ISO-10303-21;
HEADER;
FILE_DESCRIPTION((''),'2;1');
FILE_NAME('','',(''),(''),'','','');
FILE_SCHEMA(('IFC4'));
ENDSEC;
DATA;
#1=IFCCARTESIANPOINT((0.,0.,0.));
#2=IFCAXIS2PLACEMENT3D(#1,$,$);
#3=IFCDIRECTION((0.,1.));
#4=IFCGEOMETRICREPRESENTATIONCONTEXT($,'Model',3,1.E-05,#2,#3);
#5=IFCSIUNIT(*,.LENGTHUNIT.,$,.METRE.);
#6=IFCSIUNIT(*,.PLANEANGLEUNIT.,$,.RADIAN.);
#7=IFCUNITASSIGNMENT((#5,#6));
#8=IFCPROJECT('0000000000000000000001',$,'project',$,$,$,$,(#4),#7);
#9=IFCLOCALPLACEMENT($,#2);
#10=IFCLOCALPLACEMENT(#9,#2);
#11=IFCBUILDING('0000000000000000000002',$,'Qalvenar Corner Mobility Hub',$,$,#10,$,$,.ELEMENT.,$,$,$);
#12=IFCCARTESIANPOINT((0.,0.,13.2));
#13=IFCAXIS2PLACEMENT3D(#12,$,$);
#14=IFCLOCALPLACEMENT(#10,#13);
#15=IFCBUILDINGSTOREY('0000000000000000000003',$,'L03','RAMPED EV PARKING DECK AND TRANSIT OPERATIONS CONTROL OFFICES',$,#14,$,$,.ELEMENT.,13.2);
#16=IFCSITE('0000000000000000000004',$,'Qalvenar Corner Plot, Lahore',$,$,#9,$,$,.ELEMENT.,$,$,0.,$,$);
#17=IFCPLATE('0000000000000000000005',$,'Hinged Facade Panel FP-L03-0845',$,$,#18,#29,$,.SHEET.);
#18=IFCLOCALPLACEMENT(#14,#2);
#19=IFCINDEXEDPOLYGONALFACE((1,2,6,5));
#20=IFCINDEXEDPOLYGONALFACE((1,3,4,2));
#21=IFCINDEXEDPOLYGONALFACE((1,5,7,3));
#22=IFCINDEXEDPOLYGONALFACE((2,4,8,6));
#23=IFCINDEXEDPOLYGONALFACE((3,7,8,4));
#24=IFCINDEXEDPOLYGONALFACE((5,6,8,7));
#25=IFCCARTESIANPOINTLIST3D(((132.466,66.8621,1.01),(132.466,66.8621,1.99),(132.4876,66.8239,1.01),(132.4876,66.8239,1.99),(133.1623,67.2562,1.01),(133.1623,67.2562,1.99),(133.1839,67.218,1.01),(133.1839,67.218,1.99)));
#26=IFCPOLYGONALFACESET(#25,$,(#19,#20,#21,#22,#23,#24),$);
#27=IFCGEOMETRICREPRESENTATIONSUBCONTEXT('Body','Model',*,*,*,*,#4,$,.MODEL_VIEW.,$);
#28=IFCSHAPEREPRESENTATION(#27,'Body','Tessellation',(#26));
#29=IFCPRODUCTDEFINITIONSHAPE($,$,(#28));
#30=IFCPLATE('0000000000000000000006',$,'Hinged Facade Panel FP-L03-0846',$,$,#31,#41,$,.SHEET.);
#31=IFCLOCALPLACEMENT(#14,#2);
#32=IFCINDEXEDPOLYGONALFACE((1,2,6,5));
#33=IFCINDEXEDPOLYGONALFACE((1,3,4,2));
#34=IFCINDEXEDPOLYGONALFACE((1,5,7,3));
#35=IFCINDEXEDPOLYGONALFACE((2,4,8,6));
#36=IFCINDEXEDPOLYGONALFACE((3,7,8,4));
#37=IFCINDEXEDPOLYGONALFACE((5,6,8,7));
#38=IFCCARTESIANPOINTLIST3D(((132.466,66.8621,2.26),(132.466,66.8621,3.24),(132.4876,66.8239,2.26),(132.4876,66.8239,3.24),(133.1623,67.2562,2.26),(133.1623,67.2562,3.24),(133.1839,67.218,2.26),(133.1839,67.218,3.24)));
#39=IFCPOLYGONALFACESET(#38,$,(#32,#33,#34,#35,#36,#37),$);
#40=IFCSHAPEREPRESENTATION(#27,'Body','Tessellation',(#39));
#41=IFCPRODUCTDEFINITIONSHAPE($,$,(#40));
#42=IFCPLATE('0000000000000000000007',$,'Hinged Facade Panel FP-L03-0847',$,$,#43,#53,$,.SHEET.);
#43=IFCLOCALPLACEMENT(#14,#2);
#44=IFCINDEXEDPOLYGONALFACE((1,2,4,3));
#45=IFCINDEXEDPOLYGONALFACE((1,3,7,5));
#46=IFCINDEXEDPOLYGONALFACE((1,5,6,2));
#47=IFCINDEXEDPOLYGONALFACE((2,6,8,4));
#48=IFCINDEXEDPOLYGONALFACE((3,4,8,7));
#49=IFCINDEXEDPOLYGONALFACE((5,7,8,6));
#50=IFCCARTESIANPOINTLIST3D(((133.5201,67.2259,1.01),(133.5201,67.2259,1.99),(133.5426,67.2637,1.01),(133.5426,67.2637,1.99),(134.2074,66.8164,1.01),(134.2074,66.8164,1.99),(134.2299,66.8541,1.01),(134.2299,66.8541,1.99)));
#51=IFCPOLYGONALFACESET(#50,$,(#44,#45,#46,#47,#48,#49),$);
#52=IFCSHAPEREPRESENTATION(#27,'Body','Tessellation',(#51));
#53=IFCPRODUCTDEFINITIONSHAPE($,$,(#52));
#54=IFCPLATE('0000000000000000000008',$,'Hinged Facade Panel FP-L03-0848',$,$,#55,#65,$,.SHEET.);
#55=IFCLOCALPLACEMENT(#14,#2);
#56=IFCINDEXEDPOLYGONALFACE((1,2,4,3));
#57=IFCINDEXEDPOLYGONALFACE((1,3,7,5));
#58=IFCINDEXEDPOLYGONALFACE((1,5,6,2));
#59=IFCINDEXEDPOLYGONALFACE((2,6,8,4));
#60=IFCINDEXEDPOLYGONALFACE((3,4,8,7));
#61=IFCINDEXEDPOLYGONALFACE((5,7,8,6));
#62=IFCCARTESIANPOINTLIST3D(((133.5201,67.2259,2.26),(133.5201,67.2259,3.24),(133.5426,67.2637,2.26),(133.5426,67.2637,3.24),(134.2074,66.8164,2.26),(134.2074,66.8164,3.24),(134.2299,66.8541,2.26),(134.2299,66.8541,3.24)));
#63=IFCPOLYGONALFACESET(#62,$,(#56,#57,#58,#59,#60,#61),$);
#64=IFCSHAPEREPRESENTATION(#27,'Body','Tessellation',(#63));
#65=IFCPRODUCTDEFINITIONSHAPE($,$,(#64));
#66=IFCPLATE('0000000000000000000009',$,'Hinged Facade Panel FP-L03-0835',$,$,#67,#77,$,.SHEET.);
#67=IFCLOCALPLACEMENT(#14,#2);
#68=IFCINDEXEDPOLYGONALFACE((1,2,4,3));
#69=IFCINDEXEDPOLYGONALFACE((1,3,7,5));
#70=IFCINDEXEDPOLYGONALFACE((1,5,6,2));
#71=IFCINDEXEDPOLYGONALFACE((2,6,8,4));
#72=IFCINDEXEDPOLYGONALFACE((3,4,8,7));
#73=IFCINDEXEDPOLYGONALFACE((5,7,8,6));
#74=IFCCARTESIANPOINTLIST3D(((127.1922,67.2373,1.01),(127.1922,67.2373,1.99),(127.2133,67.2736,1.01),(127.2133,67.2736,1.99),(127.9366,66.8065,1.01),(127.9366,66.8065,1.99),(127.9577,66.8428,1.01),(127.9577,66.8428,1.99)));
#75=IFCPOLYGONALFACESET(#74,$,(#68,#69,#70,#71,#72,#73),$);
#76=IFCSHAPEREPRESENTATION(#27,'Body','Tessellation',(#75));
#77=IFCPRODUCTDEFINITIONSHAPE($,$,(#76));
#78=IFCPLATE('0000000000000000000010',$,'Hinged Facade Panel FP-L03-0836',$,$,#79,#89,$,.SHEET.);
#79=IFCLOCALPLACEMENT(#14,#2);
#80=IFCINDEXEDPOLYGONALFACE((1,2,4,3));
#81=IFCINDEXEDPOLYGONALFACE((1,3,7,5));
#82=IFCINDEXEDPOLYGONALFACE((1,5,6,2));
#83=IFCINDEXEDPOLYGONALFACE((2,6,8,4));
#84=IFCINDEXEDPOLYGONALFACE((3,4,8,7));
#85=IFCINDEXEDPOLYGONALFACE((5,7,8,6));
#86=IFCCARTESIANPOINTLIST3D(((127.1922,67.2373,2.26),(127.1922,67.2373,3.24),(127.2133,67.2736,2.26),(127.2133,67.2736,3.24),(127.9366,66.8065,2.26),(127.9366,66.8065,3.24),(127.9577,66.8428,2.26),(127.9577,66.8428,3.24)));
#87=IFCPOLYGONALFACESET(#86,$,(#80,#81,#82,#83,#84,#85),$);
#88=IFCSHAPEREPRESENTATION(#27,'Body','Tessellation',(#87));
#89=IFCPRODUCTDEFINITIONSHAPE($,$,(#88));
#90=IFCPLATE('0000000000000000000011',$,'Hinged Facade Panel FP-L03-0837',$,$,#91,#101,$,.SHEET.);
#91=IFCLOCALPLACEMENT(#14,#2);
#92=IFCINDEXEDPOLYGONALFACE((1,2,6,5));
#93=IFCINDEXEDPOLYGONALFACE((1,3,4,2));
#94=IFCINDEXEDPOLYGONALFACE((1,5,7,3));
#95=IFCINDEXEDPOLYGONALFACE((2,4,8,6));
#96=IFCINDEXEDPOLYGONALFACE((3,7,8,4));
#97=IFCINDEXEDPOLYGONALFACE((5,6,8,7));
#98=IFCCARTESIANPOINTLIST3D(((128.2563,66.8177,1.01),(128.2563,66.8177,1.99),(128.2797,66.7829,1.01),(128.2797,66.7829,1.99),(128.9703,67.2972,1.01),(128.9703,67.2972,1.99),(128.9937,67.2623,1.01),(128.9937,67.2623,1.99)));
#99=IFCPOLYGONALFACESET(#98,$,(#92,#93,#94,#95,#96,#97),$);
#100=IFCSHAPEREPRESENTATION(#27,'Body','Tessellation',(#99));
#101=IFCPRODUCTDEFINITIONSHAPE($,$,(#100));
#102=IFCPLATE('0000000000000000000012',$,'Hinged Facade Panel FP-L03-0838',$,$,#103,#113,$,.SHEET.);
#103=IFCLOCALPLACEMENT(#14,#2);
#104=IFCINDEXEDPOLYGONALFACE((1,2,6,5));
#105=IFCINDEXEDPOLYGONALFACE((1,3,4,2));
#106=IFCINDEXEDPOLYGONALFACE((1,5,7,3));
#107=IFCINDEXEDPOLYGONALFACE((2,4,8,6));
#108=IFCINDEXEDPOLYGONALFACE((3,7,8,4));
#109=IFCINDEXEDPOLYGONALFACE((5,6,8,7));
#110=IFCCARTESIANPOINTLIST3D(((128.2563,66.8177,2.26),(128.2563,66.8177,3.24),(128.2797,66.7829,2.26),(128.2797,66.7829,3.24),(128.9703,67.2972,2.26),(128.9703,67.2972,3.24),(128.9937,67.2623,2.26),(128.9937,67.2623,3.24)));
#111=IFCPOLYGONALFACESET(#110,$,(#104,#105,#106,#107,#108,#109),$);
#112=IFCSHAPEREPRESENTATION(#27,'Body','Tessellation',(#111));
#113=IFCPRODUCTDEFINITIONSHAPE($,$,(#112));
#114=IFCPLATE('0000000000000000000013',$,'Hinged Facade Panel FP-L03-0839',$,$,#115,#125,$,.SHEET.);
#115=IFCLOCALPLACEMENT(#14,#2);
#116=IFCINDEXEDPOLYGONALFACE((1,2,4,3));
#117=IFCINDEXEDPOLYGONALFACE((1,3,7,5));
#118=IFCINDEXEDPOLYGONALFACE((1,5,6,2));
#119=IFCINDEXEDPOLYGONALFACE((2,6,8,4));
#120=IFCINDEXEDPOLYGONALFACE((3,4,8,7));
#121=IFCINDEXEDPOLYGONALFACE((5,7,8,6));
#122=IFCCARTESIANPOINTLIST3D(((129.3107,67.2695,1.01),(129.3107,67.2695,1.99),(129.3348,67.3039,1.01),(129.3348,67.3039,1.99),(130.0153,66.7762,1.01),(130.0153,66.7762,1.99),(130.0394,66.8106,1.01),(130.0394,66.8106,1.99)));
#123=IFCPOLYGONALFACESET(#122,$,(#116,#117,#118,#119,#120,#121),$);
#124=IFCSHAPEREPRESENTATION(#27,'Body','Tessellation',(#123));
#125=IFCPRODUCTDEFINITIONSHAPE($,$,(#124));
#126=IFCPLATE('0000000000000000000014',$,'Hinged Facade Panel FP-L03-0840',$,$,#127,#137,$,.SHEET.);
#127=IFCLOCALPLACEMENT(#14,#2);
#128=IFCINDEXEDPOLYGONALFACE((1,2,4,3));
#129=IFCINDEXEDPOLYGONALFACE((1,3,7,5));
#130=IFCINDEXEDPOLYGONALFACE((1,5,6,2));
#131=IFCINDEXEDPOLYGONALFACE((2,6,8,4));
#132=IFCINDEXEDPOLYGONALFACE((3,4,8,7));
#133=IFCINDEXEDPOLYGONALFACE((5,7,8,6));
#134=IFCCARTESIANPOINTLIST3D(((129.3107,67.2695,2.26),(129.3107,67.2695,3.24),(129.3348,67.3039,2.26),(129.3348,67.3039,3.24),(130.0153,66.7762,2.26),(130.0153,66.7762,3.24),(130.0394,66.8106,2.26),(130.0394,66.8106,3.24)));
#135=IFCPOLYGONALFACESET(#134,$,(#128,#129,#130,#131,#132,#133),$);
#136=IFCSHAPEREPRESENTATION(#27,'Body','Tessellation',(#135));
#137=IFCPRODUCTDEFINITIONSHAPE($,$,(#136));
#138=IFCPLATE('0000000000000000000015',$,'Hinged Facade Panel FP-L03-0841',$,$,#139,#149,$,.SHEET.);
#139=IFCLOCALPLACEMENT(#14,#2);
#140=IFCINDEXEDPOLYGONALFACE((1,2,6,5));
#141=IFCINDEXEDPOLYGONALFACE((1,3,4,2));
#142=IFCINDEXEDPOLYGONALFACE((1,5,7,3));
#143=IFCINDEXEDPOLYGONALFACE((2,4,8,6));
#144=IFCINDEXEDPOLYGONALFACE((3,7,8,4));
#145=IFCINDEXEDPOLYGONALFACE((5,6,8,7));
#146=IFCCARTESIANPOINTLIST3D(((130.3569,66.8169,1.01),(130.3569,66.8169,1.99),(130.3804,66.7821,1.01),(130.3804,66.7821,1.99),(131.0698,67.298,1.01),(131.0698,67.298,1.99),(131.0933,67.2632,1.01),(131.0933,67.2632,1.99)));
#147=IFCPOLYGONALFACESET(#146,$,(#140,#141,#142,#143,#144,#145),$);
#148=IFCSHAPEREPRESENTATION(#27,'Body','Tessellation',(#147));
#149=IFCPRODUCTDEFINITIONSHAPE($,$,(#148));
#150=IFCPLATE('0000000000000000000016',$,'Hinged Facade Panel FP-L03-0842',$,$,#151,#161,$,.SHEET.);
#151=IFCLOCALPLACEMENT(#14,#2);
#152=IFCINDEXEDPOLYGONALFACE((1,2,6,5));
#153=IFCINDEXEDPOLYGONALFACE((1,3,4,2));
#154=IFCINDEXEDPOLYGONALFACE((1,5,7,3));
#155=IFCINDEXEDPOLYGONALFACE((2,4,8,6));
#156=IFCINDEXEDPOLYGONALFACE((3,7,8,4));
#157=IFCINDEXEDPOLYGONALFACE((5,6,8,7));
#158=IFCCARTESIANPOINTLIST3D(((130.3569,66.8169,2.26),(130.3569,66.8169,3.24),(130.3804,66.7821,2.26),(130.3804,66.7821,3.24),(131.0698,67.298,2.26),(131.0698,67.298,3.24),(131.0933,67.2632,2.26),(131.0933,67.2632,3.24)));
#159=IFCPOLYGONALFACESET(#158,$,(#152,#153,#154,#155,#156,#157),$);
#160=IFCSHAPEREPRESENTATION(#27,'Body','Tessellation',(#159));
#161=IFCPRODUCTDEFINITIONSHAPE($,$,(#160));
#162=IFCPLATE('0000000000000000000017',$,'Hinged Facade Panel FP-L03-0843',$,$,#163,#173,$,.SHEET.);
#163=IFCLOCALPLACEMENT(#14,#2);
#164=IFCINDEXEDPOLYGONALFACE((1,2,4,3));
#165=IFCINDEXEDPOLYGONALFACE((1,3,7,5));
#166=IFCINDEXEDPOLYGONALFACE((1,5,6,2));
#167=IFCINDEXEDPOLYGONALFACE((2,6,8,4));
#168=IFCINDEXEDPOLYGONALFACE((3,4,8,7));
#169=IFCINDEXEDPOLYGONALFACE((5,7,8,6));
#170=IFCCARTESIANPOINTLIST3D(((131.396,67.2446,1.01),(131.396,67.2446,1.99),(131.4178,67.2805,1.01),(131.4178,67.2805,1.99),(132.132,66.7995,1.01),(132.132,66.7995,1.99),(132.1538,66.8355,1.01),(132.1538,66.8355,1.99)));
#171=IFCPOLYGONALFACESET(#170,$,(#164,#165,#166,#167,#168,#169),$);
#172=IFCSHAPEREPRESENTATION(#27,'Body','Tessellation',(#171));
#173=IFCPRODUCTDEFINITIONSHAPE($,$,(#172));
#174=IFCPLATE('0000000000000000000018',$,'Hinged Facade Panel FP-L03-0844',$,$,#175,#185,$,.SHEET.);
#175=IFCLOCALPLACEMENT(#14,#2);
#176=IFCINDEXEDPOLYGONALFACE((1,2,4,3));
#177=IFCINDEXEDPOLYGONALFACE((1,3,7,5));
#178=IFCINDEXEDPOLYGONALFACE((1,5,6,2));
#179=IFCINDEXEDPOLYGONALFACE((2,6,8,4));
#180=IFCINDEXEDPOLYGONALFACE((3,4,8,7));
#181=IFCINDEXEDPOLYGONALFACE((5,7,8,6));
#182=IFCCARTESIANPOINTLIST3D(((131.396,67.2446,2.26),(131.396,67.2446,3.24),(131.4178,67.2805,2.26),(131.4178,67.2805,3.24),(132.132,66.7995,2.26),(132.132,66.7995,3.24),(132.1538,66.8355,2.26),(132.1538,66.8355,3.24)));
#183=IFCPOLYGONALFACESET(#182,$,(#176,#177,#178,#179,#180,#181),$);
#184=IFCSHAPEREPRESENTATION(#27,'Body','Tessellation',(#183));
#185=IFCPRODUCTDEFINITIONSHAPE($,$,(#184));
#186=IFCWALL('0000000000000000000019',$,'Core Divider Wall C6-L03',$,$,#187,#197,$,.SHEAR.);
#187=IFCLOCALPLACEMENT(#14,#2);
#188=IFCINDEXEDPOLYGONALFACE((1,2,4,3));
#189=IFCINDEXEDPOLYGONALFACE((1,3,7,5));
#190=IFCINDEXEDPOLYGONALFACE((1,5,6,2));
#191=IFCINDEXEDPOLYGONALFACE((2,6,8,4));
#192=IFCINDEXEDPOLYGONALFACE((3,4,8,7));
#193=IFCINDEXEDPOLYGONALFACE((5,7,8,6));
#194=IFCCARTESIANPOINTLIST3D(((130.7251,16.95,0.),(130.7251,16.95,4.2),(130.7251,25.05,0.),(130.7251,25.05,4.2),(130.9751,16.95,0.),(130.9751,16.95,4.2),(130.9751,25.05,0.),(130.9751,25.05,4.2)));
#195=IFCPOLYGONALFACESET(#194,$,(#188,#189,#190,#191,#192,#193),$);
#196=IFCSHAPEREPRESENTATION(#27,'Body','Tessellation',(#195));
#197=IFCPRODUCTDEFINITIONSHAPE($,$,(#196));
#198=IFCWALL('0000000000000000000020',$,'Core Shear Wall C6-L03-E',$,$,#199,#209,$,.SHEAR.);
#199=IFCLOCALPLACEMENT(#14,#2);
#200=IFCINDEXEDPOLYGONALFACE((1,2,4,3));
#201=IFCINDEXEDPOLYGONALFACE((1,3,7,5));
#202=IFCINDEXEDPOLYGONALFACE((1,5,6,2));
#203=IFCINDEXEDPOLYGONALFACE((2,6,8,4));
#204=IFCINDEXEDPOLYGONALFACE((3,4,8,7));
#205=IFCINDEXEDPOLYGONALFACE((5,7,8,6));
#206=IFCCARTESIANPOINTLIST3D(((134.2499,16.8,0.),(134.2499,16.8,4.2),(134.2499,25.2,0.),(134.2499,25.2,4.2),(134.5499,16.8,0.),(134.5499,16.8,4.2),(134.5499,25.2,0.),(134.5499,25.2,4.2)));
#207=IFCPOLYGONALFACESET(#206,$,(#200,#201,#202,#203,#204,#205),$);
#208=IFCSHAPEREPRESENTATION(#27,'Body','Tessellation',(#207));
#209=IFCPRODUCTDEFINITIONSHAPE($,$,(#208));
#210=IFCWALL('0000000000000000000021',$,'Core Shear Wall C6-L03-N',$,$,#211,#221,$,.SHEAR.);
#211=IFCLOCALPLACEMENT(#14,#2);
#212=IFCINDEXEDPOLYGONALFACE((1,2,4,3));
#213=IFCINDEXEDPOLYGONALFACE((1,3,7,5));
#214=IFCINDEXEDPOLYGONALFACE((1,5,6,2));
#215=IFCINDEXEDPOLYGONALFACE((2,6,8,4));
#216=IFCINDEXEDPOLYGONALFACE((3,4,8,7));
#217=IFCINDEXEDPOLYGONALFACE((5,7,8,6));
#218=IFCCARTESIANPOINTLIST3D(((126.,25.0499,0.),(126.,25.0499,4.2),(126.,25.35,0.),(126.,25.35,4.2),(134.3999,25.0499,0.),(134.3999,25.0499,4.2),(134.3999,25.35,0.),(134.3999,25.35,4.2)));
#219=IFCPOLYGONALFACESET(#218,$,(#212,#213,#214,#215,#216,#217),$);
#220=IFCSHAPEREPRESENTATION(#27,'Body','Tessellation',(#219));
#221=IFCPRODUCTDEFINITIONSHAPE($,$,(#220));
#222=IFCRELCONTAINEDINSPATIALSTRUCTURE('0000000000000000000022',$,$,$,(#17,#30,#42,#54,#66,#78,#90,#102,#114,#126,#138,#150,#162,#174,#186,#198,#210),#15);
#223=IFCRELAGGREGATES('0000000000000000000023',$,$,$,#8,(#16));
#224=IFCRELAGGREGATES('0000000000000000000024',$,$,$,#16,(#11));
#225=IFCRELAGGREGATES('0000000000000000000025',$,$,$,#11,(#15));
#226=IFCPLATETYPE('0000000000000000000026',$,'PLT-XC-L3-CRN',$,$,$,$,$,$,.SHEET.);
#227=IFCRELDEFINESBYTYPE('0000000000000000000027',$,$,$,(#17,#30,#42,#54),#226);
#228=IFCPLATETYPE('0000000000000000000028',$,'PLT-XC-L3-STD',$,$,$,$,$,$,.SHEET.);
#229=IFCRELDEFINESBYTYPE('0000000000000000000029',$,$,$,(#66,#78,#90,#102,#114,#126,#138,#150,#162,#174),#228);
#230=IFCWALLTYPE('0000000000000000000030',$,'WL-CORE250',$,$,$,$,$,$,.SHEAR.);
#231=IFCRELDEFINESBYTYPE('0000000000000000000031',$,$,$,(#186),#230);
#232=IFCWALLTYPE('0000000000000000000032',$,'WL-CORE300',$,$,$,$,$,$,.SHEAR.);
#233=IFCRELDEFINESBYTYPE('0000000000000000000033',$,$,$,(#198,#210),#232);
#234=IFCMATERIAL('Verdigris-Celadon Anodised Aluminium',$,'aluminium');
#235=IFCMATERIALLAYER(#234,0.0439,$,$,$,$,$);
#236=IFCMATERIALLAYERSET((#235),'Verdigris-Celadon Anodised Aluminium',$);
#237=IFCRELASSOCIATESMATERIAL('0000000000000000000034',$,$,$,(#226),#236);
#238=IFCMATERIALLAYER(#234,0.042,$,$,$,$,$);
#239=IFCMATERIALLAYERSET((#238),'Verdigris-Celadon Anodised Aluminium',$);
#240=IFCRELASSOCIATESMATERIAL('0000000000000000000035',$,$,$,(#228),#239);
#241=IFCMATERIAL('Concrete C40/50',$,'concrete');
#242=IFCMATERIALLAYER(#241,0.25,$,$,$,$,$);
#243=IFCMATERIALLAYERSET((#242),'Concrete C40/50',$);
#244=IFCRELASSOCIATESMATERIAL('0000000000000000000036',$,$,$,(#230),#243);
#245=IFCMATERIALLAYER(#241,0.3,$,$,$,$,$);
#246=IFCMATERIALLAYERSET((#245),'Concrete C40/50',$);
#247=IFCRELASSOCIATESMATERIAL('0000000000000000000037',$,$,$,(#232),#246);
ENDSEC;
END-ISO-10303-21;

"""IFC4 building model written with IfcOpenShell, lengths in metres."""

from ifc_helpers import new_model, si_unit, direction, frame, frame_2d, origin, origin_2d, place, context, subcontext, project, spatial, rectangle, extrude, material, layer, layer_set, type_object, element, save


model = new_model("IFC4")

# Units and contexts
model_context = context("Model", 3, precision=1e-05, world=origin(), true_north=direction((0.0, 1.0)))
body_context = subcontext(model_context, "Body", "Model", "MODEL_VIEW")
ifc_project = project(units=[si_unit("LENGTHUNIT", "METRE"), si_unit("PLANEANGLEUNIT", "RADIAN")], contexts=[model_context])

# Site, building, storey
site_placement = place(None, origin())
site = spatial("IfcSite", under=ifc_project, at=site_placement, Name="Qalvenar Corner Plot, Lahore", CompositionType="ELEMENT", RefElevation=0.0)
building_placement = place(site_placement, origin())
building = spatial("IfcBuilding", under=site, at=building_placement, Name="Qalvenar Corner Mobility Hub", CompositionType="ELEMENT")
storey_placement = place(building_placement, frame((0.0, 0.0, 13.2)))
storey = spatial("IfcBuildingStorey", under=building, at=storey_placement, Name="L03", Description="RAMPED EV PARKING DECK AND TRANSIT OPERATIONS CONTROL OFFICES", CompositionType="ELEMENT", Elevation=13.2)

# Plates
ifc_material_1 = material(Name="Verdigris-Celadon Anodised Aluminium", Category="aluminium")
ifc_layer_1 = layer(ifc_material_1, 0.0439)
ifc_layer_set_1 = layer_set([ifc_layer_1], Name="Verdigris-Celadon Anodised Aluminium")
plate_type_1 = type_object("IfcPlateType", Name="PLT-XC-L3-CRN", PredefinedType="SHEET", material=ifc_layer_set_1)
for number, where, z_axis, x_axis, name in (
    (1, (132.825, 67.04, 1.01), (0.0, 0.0, 1.0), (0.87027, 0.492575, 0.0), "Hinged Facade Panel FP-L03-0845"),
    (2, (132.825, 67.04, 2.26), (0.0, 0.0, 1.0), (0.87027, 0.492575, 0.0), "Hinged Facade Panel FP-L03-0846"),
    (3, (133.875, 67.04, 1.01), (0.0, 0.0, 1.0), (0.859049, -0.511893, 0.0), "Hinged Facade Panel FP-L03-0847"),
    (4, (133.875, 67.04, 2.26), (0.0, 0.0, 1.0), (0.859049, -0.511893, 0.0), "Hinged Facade Panel FP-L03-0848"),
):
    element("IfcPlate", number, at=place(storey_placement, frame(where, z_axis=z_axis, x_axis=x_axis)), inside=storey, type_object=plate_type_1, Name=name, PredefinedType="SHEET", context=body_context, shape_type="SweptSolid", body=[
        extrude(rectangle(XDim=0.8, YDim=0.0439, at=origin_2d()), origin(), (0.0, 0.0, 1.0), 0.98),
    ])
ifc_layer_2 = layer(ifc_material_1, 0.042)
ifc_layer_set_2 = layer_set([ifc_layer_2], Name="Verdigris-Celadon Anodised Aluminium")
plate_type_2 = type_object("IfcPlateType", Name="PLT-XC-L3-STD", PredefinedType="SHEET", material=ifc_layer_set_2)
for number, where, z_axis, x_axis, name in (
    (5, (127.575, 67.04, 1.01), (0.0, 0.0, 1.0), (0.865501, -0.500907, 0.0), "Hinged Facade Panel FP-L03-0835"),
    (6, (127.575, 67.04, 2.26), (0.0, 0.0, 1.0), (0.865501, -0.500907, 0.0), "Hinged Facade Panel FP-L03-0836"),
    (7, (128.625, 67.04, 1.01), (0.0, 0.0, 1.0), (0.830207, 0.557455, 0.0), "Hinged Facade Panel FP-L03-0837"),
    (8, (128.625, 67.04, 2.26), (0.0, 0.0, 1.0), (0.830207, 0.557455, 0.0), "Hinged Facade Panel FP-L03-0838"),
    (9, (129.675, 67.04, 1.01), (0.0, 0.0, 1.0), (0.819152, -0.573576, 0.0), "Hinged Facade Panel FP-L03-0839"),
    (10, (129.675, 67.04, 2.26), (0.0, 0.0, 1.0), (0.819152, -0.573576, 0.0), "Hinged Facade Panel FP-L03-0840"),
    (11, (130.7251, 67.04, 1.01), (0.0, 0.0, 1.0), (0.82894, 0.559338, 0.0), "Hinged Facade Panel FP-L03-0841"),
    (12, (130.7251, 67.04, 2.26), (0.0, 0.0, 1.0), (0.82894, 0.559338, 0.0), "Hinged Facade Panel FP-L03-0842"),
    (13, (131.7749, 67.04, 1.01), (0.0, 0.0, 1.0), (0.855726, -0.51743, 0.0), "Hinged Facade Panel FP-L03-0843"),
    (14, (131.7749, 67.04, 2.26), (0.0, 0.0, 1.0), (0.855726, -0.51743, 0.0), "Hinged Facade Panel FP-L03-0844"),
):
    element("IfcPlate", number, at=place(storey_placement, frame(where, z_axis=z_axis, x_axis=x_axis)), inside=storey, type_object=plate_type_2, Name=name, PredefinedType="SHEET", context=body_context, shape_type="SweptSolid", body=[
        extrude(rectangle(XDim=0.8601, YDim=0.042, at=origin_2d()), origin(), (0.0, 0.0, 1.0), 0.98),
    ])

# Walls
ifc_material_2 = material(Name="Concrete C40/50", Category="concrete")
ifc_layer_3 = layer(ifc_material_2, 0.25)
ifc_layer_set_3 = layer_set([ifc_layer_3], Name="Concrete C40/50")
wall_type_1 = type_object("IfcWallType", Name="WL-CORE250", PredefinedType="SHEAR", material=ifc_layer_set_3)
wall_1_placement = place(storey_placement, frame((130.8501, 16.95, 0.0), z_axis=(0.0, 0.0, 1.0), x_axis=(0.0, 1.0, 0.0)))
element("IfcWall", 15, at=wall_1_placement, inside=storey, type_object=wall_type_1, Name="Core Divider Wall C6-L03", PredefinedType="SHEAR", context=body_context, shape_type="SweptSolid", body=[
    extrude(rectangle(XDim=8.1001, YDim=0.25, at=frame_2d((4.05, 0.0))), origin(), (0.0, 0.0, 1.0), 4.2),
])
ifc_layer_4 = layer(ifc_material_2, 0.3)
ifc_layer_set_4 = layer_set([ifc_layer_4], Name="Concrete C40/50")
wall_type_2 = type_object("IfcWallType", Name="WL-CORE300", PredefinedType="SHEAR", material=ifc_layer_set_4)
for number, where, z_axis, x_axis, name in (
    (16, (134.3999, 16.8, 0.0), (0.0, 0.0, 1.0), (0.0, 1.0, 0.0), "Core Shear Wall C6-L03-E"),
    (17, (134.3999, 25.2, 0.0), (0.0, 0.0, 1.0), (-1.0, 0.0, 0.0), "Core Shear Wall C6-L03-N"),
):
    element("IfcWall", number, at=place(storey_placement, frame(where, z_axis=z_axis, x_axis=x_axis)), inside=storey, type_object=wall_type_2, Name=name, PredefinedType="SHEAR", context=body_context, shape_type="SweptSolid", body=[
        extrude(rectangle(XDim=8.3999, YDim=0.3, at=frame_2d((4.2, 0.0))), origin(), (0.0, 0.0, 1.0), 4.2),
    ])

save(model, "model.ifc")
